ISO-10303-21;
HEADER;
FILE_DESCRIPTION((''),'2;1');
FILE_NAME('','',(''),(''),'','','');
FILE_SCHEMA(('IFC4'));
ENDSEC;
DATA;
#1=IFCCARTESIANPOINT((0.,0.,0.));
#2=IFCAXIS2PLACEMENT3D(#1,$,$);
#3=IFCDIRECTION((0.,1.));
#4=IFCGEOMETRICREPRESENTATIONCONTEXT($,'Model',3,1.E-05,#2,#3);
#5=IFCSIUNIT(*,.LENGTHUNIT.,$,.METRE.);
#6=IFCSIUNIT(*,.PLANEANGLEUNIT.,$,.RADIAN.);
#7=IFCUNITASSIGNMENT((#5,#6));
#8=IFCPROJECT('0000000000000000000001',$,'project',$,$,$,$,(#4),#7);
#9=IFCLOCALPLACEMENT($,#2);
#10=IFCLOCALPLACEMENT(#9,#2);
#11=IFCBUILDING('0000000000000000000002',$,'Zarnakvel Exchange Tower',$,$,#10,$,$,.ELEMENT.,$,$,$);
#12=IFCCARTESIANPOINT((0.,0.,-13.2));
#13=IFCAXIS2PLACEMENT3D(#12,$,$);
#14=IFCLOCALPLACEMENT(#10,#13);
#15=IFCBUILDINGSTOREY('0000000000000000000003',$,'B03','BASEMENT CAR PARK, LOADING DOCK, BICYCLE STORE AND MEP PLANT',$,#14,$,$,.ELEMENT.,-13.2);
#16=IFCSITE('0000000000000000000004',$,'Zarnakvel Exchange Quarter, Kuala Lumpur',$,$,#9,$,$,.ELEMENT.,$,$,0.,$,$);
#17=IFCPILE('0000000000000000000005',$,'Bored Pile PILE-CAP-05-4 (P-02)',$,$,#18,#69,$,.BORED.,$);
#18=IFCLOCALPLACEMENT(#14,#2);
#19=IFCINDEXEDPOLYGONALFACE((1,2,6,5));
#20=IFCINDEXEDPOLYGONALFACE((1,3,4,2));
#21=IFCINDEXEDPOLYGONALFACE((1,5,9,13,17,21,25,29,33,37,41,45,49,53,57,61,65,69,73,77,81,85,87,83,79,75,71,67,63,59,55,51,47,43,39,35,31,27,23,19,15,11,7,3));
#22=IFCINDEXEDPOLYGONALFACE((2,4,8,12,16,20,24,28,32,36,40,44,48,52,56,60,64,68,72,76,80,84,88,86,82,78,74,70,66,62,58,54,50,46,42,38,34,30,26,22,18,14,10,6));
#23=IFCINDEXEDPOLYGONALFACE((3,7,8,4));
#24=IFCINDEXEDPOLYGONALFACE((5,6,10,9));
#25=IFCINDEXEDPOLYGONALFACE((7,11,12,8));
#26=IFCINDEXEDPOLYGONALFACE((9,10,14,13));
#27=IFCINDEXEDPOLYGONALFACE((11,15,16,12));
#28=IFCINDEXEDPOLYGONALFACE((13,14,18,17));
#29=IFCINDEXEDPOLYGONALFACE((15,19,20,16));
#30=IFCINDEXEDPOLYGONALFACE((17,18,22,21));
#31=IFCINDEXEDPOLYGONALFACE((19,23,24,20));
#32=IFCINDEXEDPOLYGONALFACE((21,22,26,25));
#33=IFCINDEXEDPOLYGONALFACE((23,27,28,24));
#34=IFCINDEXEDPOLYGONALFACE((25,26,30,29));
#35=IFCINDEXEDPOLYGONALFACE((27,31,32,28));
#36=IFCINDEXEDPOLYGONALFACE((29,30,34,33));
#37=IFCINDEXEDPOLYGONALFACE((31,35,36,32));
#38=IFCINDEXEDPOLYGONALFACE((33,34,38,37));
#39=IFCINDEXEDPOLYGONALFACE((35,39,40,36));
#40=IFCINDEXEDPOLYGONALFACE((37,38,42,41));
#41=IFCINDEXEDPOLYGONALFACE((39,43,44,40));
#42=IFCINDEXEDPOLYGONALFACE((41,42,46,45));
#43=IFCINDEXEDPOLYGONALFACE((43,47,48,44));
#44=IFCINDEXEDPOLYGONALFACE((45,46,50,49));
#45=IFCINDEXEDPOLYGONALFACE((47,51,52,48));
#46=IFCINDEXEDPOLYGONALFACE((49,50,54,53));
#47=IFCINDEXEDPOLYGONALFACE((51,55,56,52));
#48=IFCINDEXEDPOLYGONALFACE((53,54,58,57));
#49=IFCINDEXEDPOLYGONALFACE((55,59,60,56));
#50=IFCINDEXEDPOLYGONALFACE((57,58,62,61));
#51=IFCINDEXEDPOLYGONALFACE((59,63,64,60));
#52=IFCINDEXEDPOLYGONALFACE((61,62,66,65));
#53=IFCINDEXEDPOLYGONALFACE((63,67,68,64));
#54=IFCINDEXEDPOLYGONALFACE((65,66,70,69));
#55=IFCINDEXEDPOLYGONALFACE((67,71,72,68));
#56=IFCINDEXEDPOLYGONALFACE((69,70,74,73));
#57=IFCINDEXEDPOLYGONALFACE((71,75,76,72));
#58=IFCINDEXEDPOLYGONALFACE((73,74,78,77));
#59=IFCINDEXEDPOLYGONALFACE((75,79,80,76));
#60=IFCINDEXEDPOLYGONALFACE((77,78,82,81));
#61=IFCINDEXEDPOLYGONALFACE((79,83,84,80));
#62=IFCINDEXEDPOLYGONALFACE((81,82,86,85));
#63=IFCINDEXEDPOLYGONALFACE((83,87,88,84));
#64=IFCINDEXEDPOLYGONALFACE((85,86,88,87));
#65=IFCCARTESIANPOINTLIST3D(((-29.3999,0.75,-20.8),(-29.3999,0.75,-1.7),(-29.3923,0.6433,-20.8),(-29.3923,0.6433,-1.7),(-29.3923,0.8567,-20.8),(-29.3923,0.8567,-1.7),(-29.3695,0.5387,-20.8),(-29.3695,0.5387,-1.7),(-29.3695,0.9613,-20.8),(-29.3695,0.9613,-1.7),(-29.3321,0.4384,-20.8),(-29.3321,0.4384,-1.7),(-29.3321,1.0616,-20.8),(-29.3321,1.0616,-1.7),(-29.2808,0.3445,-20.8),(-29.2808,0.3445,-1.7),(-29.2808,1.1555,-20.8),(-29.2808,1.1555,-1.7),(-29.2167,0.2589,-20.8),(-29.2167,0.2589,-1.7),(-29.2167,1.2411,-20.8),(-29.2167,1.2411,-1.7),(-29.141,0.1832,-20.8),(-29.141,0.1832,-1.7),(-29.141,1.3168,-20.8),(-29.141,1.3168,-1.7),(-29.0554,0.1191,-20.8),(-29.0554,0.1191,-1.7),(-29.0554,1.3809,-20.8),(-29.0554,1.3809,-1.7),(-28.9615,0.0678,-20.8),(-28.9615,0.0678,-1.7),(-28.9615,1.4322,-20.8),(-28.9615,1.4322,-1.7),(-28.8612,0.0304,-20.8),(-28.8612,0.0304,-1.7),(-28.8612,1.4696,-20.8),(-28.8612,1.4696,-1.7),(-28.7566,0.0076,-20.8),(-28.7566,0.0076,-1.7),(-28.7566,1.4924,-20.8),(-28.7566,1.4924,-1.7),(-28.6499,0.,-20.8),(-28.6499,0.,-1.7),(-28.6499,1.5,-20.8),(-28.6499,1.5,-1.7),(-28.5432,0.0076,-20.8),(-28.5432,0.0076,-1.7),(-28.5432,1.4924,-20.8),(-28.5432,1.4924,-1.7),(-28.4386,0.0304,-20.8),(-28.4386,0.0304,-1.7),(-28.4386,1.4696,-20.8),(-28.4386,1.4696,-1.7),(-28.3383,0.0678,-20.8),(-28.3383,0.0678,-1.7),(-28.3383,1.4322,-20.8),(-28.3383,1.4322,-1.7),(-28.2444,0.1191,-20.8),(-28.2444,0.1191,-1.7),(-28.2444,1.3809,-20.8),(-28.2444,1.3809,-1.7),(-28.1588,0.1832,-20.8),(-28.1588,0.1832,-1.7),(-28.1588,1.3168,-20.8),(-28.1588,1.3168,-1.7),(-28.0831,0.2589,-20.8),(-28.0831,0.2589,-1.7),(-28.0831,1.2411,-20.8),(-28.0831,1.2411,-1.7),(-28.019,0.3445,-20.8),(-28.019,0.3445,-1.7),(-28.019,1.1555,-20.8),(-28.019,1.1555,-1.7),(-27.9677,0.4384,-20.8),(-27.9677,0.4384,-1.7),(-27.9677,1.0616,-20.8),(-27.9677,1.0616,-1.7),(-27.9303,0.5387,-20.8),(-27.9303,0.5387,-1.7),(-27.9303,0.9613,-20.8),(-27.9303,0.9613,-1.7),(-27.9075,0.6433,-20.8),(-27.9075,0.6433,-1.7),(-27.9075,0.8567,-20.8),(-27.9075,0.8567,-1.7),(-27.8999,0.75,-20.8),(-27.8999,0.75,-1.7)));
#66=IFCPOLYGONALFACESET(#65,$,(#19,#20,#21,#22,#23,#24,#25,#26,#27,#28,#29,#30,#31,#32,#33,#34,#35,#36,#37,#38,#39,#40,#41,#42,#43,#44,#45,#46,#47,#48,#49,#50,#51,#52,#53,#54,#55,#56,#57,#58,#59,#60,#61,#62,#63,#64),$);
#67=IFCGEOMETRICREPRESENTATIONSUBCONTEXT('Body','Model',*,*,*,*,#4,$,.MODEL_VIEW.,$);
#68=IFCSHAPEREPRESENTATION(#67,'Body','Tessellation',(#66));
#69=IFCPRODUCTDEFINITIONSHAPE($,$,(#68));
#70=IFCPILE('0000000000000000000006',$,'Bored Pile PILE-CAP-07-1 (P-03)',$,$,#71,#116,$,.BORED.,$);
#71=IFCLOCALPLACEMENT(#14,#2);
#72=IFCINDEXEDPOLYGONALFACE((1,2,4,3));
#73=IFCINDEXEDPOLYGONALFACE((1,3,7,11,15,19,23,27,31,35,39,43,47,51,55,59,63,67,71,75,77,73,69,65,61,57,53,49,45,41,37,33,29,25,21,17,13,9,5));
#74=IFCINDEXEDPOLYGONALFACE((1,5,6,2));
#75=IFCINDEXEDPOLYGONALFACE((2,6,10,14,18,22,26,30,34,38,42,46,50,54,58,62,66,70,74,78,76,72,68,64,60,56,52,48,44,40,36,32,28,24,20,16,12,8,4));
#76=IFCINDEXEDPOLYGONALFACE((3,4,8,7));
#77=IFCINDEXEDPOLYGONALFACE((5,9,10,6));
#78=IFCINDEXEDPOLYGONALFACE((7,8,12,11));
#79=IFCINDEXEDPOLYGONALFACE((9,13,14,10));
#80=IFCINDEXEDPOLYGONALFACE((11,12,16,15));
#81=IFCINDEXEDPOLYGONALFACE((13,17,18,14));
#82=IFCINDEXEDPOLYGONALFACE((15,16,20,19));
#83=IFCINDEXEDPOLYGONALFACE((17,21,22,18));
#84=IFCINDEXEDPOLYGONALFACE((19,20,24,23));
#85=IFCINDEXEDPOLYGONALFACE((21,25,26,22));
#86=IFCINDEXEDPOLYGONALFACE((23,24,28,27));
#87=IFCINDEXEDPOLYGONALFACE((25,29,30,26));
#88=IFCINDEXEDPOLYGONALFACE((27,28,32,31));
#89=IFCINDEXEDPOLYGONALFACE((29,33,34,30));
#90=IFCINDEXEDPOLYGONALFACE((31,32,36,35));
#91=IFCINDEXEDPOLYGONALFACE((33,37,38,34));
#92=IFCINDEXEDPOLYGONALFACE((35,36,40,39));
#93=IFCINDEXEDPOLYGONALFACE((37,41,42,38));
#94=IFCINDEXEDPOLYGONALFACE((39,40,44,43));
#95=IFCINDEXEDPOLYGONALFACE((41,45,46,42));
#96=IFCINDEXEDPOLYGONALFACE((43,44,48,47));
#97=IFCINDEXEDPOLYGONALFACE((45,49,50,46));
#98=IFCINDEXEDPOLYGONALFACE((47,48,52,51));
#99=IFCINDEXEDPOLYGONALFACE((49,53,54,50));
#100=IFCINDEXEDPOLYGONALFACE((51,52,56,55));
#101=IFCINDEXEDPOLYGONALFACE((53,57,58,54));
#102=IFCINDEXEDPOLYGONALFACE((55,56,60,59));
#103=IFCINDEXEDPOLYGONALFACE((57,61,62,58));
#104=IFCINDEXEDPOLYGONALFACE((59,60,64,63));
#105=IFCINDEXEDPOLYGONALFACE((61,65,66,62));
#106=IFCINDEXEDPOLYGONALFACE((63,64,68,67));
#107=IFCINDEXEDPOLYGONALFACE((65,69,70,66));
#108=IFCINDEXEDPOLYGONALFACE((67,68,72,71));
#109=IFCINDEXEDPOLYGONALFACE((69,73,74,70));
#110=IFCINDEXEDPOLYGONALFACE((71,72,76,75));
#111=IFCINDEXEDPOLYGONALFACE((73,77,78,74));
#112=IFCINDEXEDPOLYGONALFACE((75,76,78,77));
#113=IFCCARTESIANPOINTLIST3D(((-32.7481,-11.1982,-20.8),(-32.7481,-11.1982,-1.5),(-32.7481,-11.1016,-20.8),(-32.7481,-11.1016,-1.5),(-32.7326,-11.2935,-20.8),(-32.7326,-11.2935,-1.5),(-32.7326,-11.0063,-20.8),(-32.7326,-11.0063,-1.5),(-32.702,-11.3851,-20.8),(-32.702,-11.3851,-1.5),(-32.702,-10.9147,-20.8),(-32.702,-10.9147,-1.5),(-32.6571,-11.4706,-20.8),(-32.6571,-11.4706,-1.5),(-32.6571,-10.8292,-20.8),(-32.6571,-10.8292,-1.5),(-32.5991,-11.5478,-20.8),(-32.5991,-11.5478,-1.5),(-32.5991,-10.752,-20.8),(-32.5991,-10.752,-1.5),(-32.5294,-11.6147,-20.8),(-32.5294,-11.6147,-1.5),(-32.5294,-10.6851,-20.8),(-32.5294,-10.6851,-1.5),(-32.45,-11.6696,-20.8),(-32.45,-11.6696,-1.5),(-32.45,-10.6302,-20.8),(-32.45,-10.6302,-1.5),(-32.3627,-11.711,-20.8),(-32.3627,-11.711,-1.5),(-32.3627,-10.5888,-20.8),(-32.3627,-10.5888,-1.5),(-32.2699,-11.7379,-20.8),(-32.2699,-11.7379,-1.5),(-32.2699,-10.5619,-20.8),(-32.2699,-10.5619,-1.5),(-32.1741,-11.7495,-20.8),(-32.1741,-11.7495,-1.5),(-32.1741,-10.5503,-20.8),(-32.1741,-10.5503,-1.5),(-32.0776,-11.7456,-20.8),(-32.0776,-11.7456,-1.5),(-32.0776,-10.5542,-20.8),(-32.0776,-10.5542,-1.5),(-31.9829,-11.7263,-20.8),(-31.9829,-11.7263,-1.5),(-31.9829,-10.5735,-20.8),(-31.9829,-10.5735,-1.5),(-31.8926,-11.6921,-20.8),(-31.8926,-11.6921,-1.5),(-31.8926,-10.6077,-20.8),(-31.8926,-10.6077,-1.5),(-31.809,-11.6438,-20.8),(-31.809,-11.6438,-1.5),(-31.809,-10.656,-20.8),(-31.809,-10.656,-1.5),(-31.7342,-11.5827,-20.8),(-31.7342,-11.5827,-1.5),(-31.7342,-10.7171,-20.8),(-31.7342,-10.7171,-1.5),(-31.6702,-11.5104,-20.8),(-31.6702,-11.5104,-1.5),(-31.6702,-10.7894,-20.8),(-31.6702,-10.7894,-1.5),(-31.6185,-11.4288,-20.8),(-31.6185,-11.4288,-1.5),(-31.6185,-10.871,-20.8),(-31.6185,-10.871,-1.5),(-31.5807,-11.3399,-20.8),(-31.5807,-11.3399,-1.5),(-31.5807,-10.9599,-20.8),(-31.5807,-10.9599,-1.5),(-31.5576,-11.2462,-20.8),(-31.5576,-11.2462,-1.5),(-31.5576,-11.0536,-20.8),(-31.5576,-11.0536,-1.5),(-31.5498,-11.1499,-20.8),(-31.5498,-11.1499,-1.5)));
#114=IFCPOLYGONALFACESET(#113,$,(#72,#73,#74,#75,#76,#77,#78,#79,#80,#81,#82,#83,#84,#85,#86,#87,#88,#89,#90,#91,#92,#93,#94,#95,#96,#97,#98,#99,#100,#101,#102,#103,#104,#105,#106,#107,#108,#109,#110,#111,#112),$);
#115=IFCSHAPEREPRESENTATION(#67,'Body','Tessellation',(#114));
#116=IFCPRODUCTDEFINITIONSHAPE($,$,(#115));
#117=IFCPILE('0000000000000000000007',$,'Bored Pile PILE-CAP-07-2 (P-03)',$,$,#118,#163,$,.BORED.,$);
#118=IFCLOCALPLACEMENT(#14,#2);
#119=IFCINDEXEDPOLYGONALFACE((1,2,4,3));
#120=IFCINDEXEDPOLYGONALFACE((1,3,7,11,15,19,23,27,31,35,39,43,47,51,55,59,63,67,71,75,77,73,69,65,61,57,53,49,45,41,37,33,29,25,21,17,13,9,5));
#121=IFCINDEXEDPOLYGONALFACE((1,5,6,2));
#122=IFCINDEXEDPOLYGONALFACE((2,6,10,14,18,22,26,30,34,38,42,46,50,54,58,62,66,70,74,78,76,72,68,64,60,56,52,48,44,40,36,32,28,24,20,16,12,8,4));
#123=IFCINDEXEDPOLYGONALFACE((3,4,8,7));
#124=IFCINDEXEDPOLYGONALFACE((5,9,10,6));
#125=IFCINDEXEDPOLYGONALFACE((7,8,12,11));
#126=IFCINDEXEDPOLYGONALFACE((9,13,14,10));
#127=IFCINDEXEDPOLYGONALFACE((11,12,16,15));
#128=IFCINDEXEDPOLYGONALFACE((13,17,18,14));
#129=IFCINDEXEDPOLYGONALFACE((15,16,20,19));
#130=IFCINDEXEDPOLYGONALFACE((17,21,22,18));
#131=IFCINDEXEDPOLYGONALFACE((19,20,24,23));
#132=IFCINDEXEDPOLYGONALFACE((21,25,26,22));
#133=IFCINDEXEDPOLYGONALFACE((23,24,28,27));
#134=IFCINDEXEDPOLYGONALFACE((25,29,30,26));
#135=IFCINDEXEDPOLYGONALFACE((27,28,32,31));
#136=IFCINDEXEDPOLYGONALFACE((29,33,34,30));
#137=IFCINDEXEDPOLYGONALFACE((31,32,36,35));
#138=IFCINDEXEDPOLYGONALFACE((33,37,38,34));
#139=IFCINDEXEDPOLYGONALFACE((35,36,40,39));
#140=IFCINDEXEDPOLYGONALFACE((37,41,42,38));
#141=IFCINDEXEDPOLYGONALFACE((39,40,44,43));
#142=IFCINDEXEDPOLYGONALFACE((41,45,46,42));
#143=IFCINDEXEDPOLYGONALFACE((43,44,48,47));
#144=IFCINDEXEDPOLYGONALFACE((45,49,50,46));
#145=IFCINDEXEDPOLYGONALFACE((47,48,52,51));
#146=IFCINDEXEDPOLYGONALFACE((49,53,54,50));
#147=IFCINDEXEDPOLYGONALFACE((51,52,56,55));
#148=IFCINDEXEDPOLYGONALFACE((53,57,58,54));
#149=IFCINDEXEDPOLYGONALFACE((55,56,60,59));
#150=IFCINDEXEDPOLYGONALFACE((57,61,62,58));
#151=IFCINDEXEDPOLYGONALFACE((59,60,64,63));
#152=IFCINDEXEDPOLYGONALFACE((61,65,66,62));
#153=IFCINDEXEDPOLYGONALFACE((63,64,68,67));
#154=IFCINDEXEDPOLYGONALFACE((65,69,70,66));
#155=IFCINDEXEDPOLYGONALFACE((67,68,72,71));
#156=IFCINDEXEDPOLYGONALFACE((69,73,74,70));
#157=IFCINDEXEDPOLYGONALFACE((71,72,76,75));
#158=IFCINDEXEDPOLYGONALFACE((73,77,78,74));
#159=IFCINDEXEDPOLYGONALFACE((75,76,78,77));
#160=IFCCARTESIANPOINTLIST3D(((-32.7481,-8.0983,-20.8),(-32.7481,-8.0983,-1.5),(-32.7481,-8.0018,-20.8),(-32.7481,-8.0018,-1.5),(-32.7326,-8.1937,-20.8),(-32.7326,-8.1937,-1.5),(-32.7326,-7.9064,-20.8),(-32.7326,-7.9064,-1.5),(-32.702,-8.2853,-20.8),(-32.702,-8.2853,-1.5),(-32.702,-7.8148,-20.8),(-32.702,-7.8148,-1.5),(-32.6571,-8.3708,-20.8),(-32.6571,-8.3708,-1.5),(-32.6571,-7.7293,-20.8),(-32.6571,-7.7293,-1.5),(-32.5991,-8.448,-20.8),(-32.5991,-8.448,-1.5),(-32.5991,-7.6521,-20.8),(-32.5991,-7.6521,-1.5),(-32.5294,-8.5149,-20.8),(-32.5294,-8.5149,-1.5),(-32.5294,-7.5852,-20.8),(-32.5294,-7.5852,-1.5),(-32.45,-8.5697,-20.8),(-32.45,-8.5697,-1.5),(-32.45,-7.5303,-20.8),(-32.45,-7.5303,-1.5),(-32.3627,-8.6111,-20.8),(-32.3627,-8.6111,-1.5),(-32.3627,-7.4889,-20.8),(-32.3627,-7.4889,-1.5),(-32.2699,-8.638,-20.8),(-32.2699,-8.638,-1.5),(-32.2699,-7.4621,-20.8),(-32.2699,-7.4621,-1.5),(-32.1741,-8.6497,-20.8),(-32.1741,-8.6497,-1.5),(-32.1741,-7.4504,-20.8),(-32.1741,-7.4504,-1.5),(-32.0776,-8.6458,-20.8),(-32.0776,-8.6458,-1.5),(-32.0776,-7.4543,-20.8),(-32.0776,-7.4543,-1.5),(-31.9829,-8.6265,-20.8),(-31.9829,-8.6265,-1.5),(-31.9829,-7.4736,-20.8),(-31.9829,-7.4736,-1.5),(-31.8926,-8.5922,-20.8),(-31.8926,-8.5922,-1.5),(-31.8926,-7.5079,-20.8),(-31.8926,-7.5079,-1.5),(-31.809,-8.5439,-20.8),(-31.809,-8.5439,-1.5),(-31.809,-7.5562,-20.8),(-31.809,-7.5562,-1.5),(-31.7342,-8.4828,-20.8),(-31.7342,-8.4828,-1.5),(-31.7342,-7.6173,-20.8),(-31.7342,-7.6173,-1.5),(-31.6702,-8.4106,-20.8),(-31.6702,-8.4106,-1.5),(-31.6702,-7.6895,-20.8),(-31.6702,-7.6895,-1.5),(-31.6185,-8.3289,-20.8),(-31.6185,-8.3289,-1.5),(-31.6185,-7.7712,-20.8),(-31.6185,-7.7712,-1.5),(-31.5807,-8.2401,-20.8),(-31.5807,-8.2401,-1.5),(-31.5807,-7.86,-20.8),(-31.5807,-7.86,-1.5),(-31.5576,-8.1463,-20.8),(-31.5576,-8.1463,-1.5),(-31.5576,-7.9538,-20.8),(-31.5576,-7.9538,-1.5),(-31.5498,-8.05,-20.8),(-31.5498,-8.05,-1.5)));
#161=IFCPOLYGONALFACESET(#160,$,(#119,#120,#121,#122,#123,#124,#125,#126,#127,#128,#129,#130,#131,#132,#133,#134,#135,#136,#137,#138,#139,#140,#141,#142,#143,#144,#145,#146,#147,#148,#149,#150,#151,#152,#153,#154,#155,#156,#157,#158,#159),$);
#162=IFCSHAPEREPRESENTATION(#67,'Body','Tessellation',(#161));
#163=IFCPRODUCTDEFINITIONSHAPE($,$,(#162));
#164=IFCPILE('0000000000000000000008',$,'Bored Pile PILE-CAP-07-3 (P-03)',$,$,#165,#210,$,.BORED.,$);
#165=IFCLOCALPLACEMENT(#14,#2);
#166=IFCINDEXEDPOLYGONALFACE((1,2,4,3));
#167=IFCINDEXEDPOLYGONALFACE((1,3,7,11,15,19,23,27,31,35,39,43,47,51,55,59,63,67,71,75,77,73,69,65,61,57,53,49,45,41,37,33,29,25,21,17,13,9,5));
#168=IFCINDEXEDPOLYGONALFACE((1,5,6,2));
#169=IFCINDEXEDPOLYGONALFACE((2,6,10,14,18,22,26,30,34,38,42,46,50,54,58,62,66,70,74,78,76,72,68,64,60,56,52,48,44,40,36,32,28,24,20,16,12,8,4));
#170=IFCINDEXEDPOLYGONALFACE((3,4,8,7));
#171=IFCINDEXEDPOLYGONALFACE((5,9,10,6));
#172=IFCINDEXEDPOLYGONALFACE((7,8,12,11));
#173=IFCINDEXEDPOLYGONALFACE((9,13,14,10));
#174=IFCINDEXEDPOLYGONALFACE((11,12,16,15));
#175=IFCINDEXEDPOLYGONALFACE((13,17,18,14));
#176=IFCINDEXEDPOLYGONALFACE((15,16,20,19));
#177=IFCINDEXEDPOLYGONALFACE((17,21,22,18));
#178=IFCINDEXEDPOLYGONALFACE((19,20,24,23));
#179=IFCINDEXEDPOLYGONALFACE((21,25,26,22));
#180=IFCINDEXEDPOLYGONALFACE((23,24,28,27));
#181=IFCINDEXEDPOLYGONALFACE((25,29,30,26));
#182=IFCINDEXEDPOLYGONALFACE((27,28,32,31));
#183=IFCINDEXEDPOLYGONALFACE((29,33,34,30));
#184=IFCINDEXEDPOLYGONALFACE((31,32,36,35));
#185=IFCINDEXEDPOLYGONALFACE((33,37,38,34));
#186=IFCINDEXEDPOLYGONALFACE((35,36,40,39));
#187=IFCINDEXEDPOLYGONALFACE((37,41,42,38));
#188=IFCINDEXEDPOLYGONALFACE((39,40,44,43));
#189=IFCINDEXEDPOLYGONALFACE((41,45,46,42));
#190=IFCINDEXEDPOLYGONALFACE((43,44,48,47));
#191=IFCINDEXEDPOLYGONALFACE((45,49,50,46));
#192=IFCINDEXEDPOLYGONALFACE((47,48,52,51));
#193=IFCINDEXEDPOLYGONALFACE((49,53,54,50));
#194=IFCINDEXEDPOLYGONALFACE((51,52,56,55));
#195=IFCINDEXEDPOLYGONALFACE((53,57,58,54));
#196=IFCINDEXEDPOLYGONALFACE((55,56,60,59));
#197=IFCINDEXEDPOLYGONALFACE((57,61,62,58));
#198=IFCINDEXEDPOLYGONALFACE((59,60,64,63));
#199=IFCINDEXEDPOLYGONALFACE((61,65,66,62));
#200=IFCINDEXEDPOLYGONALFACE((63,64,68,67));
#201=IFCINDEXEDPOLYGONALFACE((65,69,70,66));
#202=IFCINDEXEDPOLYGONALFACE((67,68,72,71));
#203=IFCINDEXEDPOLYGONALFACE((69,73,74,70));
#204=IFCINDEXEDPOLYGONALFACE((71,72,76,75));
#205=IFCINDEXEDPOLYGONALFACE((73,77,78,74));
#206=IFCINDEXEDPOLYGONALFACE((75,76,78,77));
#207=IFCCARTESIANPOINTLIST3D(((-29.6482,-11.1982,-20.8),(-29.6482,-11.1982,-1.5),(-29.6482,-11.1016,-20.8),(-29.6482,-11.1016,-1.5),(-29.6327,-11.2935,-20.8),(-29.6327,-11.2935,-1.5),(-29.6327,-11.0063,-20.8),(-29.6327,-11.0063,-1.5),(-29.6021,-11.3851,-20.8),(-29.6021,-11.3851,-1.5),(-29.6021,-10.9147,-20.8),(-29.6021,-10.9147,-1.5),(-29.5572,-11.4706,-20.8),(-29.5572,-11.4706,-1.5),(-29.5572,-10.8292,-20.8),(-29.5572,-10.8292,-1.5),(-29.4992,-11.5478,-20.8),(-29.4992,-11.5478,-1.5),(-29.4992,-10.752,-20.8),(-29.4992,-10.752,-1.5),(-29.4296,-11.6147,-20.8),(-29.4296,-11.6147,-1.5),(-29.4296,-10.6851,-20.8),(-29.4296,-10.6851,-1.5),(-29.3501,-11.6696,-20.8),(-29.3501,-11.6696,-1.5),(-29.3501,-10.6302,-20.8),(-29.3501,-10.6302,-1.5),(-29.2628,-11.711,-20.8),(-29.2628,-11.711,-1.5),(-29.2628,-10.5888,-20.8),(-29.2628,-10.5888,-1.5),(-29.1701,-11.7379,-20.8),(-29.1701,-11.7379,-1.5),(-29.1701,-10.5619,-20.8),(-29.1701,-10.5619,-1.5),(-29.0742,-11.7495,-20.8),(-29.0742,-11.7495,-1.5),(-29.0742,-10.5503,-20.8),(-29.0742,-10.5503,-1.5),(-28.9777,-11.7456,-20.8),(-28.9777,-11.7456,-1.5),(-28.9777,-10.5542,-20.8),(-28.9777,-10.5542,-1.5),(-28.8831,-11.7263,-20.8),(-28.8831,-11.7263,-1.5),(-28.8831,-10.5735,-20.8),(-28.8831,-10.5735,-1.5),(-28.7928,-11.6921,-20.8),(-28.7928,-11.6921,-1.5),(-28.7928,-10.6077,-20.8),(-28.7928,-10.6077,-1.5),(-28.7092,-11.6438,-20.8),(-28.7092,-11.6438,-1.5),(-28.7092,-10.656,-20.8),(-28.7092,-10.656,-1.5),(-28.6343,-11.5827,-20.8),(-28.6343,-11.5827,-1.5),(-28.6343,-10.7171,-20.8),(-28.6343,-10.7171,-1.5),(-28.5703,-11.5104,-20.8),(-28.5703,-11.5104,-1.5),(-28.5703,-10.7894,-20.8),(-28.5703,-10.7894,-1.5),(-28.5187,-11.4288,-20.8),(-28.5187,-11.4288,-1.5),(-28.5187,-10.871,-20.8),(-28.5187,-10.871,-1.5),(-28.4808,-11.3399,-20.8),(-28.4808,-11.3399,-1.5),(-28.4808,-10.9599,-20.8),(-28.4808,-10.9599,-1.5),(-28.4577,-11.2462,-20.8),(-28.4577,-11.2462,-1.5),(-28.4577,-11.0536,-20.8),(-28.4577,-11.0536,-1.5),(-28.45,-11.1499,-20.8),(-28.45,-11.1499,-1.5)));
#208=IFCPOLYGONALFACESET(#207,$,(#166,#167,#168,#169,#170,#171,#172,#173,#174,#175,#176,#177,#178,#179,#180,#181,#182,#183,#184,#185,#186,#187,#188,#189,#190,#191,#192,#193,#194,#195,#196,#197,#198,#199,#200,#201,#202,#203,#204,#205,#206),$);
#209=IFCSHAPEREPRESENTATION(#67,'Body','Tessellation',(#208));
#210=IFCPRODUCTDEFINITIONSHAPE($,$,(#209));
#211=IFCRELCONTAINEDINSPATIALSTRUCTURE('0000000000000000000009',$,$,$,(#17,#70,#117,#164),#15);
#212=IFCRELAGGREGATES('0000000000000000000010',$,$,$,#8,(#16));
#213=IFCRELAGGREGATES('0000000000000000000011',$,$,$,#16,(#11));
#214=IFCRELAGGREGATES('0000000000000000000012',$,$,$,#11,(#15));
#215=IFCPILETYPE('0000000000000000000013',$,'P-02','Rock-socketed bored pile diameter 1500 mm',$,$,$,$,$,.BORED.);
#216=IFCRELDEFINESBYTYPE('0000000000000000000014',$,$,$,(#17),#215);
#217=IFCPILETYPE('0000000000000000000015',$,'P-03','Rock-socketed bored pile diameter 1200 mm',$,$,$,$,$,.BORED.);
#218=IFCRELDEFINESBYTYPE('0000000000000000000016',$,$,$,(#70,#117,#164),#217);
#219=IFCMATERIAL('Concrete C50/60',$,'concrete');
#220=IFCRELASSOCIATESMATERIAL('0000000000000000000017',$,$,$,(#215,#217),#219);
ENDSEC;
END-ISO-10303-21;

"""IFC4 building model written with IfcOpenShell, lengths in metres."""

from ifc_helpers import new_model, si_unit, direction, frame, origin, origin_2d, place, context, subcontext, project, spatial, circle, extrude, material, material_profile, profile_set, type_object, element, save


model = new_model("IFC4")

# Units and contexts
model_context = context("Model", 3, precision=1e-05, world=origin(), true_north=direction((0.0, 1.0)))
body_context = subcontext(model_context, "Body", "Model", "MODEL_VIEW")
ifc_project = project(units=[si_unit("LENGTHUNIT", "METRE"), si_unit("PLANEANGLEUNIT", "RADIAN")], contexts=[model_context])

# Site, building, storey
site_placement = place(None, origin())
site = spatial("IfcSite", under=ifc_project, at=site_placement, Name="Zarnakvel Exchange Quarter, Kuala Lumpur", CompositionType="ELEMENT", RefElevation=0.0)
building_placement = place(site_placement, origin())
building = spatial("IfcBuilding", under=site, at=building_placement, Name="Zarnakvel Exchange Tower", CompositionType="ELEMENT")
storey_placement = place(building_placement, frame((0.0, 0.0, -13.2)))
storey = spatial("IfcBuildingStorey", under=building, at=storey_placement, Name="B03", Description="BASEMENT CAR PARK, LOADING DOCK, BICYCLE STORE AND MEP PLANT", CompositionType="ELEMENT", Elevation=-13.2)

# Shared definitions
ifc_material_1 = material(Name="Concrete C50/60", Category="concrete")

# Piles
ifc_material_profile_1 = material_profile(ifc_material_1, circle(Radius=0.75, at=origin_2d()))
ifc_profile_set_1 = profile_set([ifc_material_profile_1], Name="Concrete C50/60")
pile_type_1 = type_object("IfcPileType", Name="P-02", Description="Rock-socketed bored pile diameter 1500 mm", PredefinedType="BORED", material=ifc_profile_set_1)
for number, where, z_axis, x_axis, name in (
    (1, (-28.6499, 0.75, -1.7), (0.0, 0.0, -1.0), (1.0, 0.0, 0.0), "Bored Pile PILE-CAP-05-4 (P-02)"),
):
    element("IfcPile", number, at=place(storey_placement, frame(where, z_axis=z_axis, x_axis=x_axis)), inside=storey, type_object=pile_type_1, Name=name, PredefinedType="BORED", context=body_context, shape_type="SweptSolid", body=[
        extrude(circle(Radius=0.75, at=origin_2d()), origin(), (0.0, 0.0, 1.0), 19.1001),
    ])
ifc_material_profile_2 = material_profile(ifc_material_1, circle(Radius=0.6001, at=origin_2d()))
ifc_profile_set_2 = profile_set([ifc_material_profile_2], Name="Concrete C50/60")
pile_type_2 = type_object("IfcPileType", Name="P-03", Description="Rock-socketed bored pile diameter 1200 mm", PredefinedType="BORED", material=ifc_profile_set_2)
for number, where, z_axis, x_axis, name in (
    (2, (-32.1499, -11.1499, -1.5), (0.0, 0.0, -1.0), (1.0, 0.0, 0.0), "Bored Pile PILE-CAP-07-1 (P-03)"),
    (3, (-32.1499, -8.05, -1.5), (0.0, 0.0, -1.0), (1.0, 0.0, 0.0), "Bored Pile PILE-CAP-07-2 (P-03)"),
    (4, (-29.05, -11.1499, -1.5), (0.0, 0.0, -1.0), (1.0, 0.0, 0.0), "Bored Pile PILE-CAP-07-3 (P-03)"),
):
    element("IfcPile", number, at=place(storey_placement, frame(where, z_axis=z_axis, x_axis=x_axis)), inside=storey, type_object=pile_type_2, Name=name, PredefinedType="BORED", context=body_context, shape_type="SweptSolid", body=[
        extrude(circle(Radius=0.6001, at=origin_2d()), origin(), (0.0, 0.0, 1.0), 19.3),
    ])

save(model, "model.ifc")
